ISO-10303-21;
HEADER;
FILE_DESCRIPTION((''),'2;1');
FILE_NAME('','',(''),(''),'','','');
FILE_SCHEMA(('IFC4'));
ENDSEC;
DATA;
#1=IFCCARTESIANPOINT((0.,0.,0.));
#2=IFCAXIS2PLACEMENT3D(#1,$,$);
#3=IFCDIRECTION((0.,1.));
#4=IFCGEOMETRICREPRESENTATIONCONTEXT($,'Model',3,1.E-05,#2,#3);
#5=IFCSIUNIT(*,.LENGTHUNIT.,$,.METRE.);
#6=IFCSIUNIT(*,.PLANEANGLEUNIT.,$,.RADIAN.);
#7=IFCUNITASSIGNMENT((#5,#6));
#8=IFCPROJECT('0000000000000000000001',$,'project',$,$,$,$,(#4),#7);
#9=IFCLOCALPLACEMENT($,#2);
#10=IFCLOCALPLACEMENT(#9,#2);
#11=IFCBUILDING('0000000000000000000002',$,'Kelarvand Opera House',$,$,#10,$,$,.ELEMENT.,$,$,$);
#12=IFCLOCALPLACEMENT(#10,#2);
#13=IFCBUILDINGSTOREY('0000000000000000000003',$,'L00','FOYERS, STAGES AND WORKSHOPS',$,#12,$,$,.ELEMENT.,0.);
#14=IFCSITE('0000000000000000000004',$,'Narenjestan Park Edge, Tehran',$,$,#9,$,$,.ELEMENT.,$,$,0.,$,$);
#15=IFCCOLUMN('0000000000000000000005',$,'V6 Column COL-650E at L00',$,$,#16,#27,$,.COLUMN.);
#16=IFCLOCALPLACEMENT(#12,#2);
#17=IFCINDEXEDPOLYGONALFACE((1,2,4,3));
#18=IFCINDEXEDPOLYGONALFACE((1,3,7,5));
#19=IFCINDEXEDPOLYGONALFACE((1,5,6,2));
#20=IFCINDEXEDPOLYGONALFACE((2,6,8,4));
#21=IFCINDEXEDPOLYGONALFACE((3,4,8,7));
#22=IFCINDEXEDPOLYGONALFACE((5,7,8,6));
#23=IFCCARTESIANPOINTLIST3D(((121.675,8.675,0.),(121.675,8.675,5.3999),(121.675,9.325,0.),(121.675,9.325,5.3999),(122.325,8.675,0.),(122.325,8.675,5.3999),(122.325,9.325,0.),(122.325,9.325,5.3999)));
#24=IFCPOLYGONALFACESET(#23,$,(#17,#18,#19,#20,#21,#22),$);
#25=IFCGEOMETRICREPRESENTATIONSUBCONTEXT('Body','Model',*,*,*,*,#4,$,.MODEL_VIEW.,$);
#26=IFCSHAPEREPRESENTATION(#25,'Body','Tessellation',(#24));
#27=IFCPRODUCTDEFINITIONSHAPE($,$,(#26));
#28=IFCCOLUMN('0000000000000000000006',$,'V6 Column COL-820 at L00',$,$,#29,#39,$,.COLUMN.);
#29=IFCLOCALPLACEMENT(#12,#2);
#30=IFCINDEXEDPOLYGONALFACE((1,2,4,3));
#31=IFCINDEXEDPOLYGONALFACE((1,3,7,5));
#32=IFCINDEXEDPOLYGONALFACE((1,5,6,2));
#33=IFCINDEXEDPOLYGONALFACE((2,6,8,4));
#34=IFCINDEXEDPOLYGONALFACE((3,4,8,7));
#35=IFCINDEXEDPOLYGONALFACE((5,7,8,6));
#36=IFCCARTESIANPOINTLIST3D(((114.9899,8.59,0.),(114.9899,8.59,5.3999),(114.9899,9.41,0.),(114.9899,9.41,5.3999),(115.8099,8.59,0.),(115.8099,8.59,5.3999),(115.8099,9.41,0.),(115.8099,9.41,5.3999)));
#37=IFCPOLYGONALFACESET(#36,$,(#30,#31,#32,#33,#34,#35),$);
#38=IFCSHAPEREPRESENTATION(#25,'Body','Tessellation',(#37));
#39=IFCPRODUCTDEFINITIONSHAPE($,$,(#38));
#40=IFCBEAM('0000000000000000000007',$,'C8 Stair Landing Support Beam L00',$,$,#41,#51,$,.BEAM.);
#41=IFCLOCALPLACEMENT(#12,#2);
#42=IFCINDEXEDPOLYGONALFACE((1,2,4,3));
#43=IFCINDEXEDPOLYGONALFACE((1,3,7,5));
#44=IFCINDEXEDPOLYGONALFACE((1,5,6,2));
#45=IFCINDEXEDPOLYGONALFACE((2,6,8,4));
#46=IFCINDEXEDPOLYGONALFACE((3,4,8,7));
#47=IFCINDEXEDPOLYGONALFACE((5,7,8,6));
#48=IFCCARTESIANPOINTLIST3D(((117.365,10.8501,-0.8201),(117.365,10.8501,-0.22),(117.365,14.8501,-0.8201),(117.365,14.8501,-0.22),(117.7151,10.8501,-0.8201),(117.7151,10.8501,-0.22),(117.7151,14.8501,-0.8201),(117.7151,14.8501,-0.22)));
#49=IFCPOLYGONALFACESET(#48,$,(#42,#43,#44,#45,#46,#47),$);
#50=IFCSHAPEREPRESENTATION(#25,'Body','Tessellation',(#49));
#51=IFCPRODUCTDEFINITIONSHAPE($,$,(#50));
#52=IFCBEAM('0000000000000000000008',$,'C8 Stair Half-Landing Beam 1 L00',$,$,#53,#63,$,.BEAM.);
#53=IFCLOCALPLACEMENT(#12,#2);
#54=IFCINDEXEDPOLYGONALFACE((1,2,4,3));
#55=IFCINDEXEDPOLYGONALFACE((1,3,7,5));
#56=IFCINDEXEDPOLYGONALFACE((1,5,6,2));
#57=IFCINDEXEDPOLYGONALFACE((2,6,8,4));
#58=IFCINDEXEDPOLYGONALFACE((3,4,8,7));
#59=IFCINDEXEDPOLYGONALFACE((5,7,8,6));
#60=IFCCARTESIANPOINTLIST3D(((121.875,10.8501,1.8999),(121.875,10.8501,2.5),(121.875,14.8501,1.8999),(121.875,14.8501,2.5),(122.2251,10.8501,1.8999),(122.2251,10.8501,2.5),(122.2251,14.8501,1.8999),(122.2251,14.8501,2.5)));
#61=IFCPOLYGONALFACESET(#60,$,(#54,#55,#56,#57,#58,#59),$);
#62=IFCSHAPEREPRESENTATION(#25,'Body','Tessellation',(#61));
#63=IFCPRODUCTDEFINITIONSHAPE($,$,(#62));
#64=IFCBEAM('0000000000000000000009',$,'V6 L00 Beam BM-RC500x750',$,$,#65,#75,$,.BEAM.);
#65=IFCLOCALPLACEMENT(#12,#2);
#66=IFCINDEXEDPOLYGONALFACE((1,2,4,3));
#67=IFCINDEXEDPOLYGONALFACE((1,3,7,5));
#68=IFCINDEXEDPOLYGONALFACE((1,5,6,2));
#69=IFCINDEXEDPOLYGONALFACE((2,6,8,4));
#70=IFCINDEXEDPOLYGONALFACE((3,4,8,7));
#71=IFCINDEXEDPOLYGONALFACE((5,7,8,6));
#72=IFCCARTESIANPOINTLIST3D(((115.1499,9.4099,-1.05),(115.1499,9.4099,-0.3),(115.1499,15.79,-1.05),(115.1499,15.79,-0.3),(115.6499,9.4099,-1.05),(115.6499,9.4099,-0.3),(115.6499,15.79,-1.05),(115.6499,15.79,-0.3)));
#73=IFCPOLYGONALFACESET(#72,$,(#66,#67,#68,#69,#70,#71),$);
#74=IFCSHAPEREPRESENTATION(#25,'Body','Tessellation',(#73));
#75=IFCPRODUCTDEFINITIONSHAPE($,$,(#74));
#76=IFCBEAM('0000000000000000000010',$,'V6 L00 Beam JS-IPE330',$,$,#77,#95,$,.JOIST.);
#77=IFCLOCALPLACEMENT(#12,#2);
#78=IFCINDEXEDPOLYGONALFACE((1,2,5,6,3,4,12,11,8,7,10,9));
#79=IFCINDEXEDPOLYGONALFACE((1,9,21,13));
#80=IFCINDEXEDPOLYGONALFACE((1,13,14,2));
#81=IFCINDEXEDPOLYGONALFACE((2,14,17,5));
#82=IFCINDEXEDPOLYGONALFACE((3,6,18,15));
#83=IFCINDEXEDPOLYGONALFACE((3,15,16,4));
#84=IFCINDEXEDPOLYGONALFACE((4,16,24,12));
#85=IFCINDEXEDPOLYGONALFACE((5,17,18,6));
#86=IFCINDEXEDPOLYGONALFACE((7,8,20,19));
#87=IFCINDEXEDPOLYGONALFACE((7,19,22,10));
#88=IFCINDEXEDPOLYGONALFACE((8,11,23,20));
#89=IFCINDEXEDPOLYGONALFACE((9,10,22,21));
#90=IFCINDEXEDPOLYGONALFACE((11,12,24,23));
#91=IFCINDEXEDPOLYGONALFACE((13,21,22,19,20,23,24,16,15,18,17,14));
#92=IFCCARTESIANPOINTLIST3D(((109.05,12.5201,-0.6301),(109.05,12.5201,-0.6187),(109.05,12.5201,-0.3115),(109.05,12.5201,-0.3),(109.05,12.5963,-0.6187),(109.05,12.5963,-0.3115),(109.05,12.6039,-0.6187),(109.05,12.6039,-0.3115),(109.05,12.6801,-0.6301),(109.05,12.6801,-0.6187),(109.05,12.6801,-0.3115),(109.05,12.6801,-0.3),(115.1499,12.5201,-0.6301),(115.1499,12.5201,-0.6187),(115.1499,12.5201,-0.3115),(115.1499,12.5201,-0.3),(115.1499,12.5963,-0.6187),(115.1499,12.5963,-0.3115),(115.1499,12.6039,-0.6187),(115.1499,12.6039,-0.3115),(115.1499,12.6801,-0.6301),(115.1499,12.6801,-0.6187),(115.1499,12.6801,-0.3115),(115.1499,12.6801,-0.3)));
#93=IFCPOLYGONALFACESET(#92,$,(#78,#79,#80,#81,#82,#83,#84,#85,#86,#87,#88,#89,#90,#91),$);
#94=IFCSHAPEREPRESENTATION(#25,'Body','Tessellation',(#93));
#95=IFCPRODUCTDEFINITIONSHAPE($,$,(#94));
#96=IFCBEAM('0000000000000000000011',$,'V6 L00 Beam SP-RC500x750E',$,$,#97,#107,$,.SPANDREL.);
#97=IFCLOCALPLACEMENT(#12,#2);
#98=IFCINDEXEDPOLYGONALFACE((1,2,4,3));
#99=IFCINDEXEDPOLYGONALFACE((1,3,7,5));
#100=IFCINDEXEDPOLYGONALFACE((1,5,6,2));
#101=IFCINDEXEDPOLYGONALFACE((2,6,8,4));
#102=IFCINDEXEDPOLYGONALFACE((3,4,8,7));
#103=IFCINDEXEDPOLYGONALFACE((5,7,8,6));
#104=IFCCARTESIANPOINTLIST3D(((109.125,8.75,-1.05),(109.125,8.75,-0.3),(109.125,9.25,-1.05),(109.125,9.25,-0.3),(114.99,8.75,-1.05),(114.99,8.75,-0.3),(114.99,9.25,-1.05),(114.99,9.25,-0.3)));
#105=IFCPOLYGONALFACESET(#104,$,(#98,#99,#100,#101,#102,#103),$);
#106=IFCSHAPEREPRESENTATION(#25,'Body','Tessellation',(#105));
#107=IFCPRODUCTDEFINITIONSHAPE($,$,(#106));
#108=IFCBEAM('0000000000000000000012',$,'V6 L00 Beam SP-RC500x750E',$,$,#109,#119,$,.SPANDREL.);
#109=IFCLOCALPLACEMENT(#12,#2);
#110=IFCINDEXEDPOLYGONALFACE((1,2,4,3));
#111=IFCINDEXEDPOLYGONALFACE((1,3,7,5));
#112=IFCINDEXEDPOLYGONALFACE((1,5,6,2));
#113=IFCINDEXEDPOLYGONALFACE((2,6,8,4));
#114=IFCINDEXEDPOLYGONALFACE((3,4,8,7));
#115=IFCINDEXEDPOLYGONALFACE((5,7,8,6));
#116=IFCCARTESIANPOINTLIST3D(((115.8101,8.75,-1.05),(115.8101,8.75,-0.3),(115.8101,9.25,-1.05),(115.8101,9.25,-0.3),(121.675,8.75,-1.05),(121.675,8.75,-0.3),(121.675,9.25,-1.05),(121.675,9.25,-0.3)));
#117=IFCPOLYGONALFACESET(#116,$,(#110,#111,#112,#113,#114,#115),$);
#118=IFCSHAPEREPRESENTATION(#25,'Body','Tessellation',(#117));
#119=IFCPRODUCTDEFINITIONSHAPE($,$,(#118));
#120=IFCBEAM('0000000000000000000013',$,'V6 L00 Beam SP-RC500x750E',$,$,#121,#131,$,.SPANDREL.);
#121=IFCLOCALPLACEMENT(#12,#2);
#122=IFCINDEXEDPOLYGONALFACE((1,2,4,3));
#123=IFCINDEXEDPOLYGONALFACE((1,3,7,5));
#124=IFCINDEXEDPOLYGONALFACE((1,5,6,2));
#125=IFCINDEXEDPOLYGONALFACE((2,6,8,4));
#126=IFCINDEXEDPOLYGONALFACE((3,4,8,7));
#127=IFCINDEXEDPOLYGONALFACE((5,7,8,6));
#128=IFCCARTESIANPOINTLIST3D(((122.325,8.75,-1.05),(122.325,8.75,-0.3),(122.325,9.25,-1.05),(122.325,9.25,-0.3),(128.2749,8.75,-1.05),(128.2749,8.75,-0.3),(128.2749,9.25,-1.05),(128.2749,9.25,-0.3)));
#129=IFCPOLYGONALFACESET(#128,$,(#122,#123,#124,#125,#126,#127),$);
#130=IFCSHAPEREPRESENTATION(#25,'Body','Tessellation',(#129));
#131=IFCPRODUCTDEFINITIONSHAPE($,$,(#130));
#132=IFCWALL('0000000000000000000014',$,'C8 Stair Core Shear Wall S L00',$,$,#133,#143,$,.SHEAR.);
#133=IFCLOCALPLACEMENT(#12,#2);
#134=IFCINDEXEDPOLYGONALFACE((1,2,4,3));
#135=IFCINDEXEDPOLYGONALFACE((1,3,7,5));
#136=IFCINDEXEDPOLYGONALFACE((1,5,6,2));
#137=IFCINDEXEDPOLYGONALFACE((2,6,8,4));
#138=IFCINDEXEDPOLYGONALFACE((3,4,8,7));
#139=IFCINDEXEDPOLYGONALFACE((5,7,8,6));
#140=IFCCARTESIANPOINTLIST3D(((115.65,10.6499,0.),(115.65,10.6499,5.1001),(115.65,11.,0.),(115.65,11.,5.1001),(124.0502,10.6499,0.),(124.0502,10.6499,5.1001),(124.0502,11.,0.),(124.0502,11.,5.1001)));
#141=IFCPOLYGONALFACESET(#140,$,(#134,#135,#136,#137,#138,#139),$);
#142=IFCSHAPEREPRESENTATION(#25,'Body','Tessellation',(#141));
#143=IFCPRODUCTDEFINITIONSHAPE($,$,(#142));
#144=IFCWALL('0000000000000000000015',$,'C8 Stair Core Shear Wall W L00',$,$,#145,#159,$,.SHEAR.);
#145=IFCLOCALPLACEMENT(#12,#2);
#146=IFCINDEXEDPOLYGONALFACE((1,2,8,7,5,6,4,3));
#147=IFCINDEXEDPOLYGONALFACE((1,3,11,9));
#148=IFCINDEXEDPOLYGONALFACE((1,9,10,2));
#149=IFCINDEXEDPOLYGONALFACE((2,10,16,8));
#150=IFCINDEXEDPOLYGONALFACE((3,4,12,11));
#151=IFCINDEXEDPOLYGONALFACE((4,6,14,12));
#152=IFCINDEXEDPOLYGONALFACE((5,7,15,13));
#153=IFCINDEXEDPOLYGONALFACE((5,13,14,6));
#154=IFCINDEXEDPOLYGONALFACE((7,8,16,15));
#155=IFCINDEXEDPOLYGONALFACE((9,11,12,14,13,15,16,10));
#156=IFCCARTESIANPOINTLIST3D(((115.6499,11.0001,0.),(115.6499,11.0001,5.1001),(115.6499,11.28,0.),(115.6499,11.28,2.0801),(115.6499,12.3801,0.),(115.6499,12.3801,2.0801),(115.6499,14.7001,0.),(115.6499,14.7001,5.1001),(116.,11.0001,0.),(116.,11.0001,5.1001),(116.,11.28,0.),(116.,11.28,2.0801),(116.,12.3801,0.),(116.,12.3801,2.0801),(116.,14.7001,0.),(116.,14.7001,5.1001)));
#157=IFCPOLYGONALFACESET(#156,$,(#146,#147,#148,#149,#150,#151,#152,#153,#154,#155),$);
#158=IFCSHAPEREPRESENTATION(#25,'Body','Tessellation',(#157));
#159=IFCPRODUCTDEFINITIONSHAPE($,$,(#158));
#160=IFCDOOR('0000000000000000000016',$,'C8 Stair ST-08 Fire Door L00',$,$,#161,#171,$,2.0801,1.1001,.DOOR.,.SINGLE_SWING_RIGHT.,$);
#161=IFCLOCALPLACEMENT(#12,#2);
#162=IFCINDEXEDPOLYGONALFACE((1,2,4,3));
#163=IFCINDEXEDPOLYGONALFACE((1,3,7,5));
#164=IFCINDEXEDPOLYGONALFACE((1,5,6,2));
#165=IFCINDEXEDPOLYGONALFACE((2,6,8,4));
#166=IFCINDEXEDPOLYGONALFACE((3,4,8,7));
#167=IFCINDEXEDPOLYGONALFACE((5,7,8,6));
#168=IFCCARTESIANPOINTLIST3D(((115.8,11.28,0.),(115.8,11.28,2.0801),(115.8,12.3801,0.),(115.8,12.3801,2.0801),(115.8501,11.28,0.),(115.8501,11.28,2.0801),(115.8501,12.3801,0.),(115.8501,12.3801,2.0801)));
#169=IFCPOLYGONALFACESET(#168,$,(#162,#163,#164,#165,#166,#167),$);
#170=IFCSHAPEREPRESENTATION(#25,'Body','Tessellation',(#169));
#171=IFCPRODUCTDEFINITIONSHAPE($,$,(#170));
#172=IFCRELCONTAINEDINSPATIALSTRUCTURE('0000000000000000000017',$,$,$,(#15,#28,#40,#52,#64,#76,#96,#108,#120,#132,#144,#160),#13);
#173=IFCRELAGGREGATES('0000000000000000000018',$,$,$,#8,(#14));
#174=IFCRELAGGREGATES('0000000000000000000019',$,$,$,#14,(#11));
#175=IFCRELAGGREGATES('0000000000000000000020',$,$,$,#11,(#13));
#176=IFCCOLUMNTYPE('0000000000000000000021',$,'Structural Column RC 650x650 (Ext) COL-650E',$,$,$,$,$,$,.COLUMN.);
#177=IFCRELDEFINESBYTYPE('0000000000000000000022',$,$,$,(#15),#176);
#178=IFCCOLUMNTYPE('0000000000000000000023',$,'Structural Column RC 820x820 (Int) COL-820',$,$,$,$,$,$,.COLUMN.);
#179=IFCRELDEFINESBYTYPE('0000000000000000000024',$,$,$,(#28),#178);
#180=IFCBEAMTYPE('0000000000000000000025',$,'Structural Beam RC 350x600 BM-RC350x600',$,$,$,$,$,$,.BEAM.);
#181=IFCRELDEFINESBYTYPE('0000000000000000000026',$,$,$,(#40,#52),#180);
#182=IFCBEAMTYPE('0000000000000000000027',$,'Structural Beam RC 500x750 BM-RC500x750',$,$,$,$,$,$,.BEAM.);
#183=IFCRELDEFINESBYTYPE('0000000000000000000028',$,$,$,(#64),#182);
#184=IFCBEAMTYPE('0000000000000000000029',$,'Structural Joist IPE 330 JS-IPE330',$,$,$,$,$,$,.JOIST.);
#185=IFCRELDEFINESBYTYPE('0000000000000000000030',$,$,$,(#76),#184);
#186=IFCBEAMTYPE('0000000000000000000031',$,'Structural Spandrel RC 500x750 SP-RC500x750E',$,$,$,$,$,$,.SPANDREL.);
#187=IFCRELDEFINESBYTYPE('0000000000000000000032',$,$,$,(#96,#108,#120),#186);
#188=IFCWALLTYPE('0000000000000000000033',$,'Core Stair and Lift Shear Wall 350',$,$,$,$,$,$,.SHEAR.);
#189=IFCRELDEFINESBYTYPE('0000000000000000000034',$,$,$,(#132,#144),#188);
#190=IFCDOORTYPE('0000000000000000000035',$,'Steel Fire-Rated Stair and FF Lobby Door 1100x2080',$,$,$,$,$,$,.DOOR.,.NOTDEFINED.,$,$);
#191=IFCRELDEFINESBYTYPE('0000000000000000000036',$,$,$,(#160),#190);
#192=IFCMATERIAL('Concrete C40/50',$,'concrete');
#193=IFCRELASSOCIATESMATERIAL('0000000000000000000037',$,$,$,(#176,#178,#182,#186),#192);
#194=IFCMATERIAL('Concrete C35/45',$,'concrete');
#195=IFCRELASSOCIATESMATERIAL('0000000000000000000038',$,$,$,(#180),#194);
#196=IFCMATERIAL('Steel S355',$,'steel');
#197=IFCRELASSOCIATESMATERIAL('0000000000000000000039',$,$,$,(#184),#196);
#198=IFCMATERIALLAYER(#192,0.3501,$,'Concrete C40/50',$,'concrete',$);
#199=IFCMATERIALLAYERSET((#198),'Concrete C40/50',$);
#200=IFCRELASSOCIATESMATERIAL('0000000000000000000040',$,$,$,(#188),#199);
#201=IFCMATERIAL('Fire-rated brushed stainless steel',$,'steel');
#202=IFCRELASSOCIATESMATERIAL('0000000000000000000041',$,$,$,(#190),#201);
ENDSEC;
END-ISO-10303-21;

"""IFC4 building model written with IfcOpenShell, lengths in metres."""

from ifc_helpers import new_model, si_unit, direction, frame, frame_2d, origin, origin_2d, place, context, subcontext, project, spatial, rectangle, i_section, extrude, material, layer, layer_set, material_profile, profile_set, type_object, element, fill, save


model = new_model("IFC4")

# Units and contexts
model_context = context("Model", 3, precision=1e-05, world=origin(), true_north=direction((0.0, 1.0)))
body_context = subcontext(model_context, "Body", "Model", "MODEL_VIEW")
ifc_project = project(units=[si_unit("LENGTHUNIT", "METRE"), si_unit("PLANEANGLEUNIT", "RADIAN")], contexts=[model_context])

# Site, building, storey
site_placement = place(None, origin())
site = spatial("IfcSite", under=ifc_project, at=site_placement, Name="Narenjestan Park Edge, Tehran", CompositionType="ELEMENT", RefElevation=0.0)
building_placement = place(site_placement, origin())
building = spatial("IfcBuilding", under=site, at=building_placement, Name="Kelarvand Opera House", CompositionType="ELEMENT")
storey_placement = place(building_placement, origin())
storey = spatial("IfcBuildingStorey", under=building, at=storey_placement, Name="L00", Description="FOYERS, STAGES AND WORKSHOPS", CompositionType="ELEMENT", Elevation=0.0)

# Columns
ifc_material_1 = material(Name="Concrete C40/50", Category="concrete")
ifc_material_profile_1 = material_profile(ifc_material_1, rectangle(XDim=0.6499, YDim=0.6499, at=origin_2d()), Name="RC 650x650", Category="concrete")
ifc_profile_set_1 = profile_set([ifc_material_profile_1], Name="Concrete C40/50")
column_type_1 = type_object("IfcColumnType", Name="Structural Column RC 650x650 (Ext) COL-650E", PredefinedType="COLUMN", material=ifc_profile_set_1)
column_1_placement = place(storey_placement, frame((122.0, 9.0, 0.0), z_axis=(0.0, 0.0, 1.0), x_axis=(1.0, 0.0, 0.0)))
element("IfcColumn", 1, at=column_1_placement, inside=storey, type_object=column_type_1, Name="V6 Column COL-650E at L00", PredefinedType="COLUMN", context=body_context, shape_type="SweptSolid", body=[
    extrude(rectangle(XDim=0.6499, YDim=0.6499, at=origin_2d()), origin(), (0.0, 0.0, 1.0), 5.3999),
])
ifc_material_profile_2 = material_profile(ifc_material_1, rectangle(XDim=0.8201, YDim=0.8201, at=origin_2d()), Name="RC 820x820", Category="concrete")
ifc_profile_set_2 = profile_set([ifc_material_profile_2], Name="Concrete C40/50")
column_type_2 = type_object("IfcColumnType", Name="Structural Column RC 820x820 (Int) COL-820", PredefinedType="COLUMN", material=ifc_profile_set_2)
column_2_placement = place(storey_placement, frame((115.3999, 9.0, 0.0), z_axis=(0.0, 0.0, 1.0), x_axis=(1.0, 0.0, 0.0)))
element("IfcColumn", 2, at=column_2_placement, inside=storey, type_object=column_type_2, Name="V6 Column COL-820 at L00", PredefinedType="COLUMN", context=body_context, shape_type="SweptSolid", body=[
    extrude(rectangle(XDim=0.8201, YDim=0.8201, at=origin_2d()), origin(), (0.0, 0.0, 1.0), 5.3999),
])

# Beams
ifc_material_2 = material(Name="Concrete C35/45", Category="concrete")
ifc_material_profile_3 = material_profile(ifc_material_2, rectangle(XDim=0.3501, YDim=0.6001, at=origin_2d()), Name="RC 350x600", Category="concrete")
ifc_profile_set_3 = profile_set([ifc_material_profile_3], Name="Concrete C35/45")
beam_type_1 = type_object("IfcBeamType", Name="Structural Beam RC 350x600 BM-RC350x600", PredefinedType="BEAM", material=ifc_profile_set_3)
for number, where, z_axis, x_axis, name in (
    (3, (117.54, 10.8501, -0.52), (0.0, 1.0, 0.0), (-1.0, 0.0, 0.0), "C8 Stair Landing Support Beam L00"),
    (4, (122.05, 10.8501, 2.2), (0.0, 1.0, 0.0), (-1.0, 0.0, 0.0), "C8 Stair Half-Landing Beam 1 L00"),
):
    element("IfcBeam", number, at=place(storey_placement, frame(where, z_axis=z_axis, x_axis=x_axis)), inside=storey, type_object=beam_type_1, Name=name, PredefinedType="BEAM", context=body_context, shape_type="SweptSolid", body=[
        extrude(rectangle(XDim=0.3501, YDim=0.6001, at=origin_2d()), origin(), (0.0, 0.0, 1.0), 4.0),
    ])
ifc_material_profile_4 = material_profile(ifc_material_1, rectangle(XDim=0.5, YDim=0.75, at=origin_2d()), Name="RC 500x750", Category="concrete")
ifc_profile_set_4 = profile_set([ifc_material_profile_4], Name="Concrete C40/50")
beam_type_2 = type_object("IfcBeamType", Name="Structural Beam RC 500x750 BM-RC500x750", PredefinedType="BEAM", material=ifc_profile_set_4)
beam_1_placement = place(storey_placement, frame((115.3999, 9.4099, -0.675), z_axis=(0.0, 1.0, 0.0), x_axis=(-1.0, 0.0, 0.0)))
element("IfcBeam", 5, at=beam_1_placement, inside=storey, type_object=beam_type_2, Name="V6 L00 Beam BM-RC500x750", PredefinedType="BEAM", context=body_context, shape_type="SweptSolid", body=[
    extrude(rectangle(XDim=0.5, YDim=0.75, at=origin_2d()), origin(), (0.0, 0.0, 1.0), 6.3801),
])
ifc_material_3 = material(Name="Steel S355", Category="steel")
ifc_material_profile_5 = material_profile(ifc_material_3, i_section(OverallWidth=0.1599, OverallDepth=0.3301, WebThickness=0.0076, FlangeThickness=0.0115, at=origin_2d()), Name="IPE 330", Category="steel")
ifc_profile_set_5 = profile_set([ifc_material_profile_5], Name="Steel S355")
beam_type_3 = type_object("IfcBeamType", Name="Structural Joist IPE 330 JS-IPE330", PredefinedType="JOIST", material=ifc_profile_set_5)
beam_2_placement = place(storey_placement, frame((109.05, 12.6001, -0.4651), z_axis=(1.0, 0.0, 0.0), x_axis=(0.0, 1.0, 0.0)))
element("IfcBeam", 6, at=beam_2_placement, inside=storey, type_object=beam_type_3, Name="V6 L00 Beam JS-IPE330", PredefinedType="JOIST", context=body_context, shape_type="SweptSolid", body=[
    extrude(i_section(OverallWidth=0.1599, OverallDepth=0.3301, WebThickness=0.0076, FlangeThickness=0.0115, at=origin_2d()), origin(), (0.0, 0.0, 1.0), 6.0999),
])
ifc_material_profile_6 = material_profile(ifc_material_1, rectangle(XDim=0.5, YDim=0.75, at=origin_2d()), Name="RC 500x750", Category="concrete")
ifc_profile_set_6 = profile_set([ifc_material_profile_6], Name="Concrete C40/50")
beam_type_4 = type_object("IfcBeamType", Name="Structural Spandrel RC 500x750 SP-RC500x750E", PredefinedType="SPANDREL", material=ifc_profile_set_6)
for number, where, z_axis, x_axis, name in (
    (7, (109.125, 9.0, -0.675), (1.0, 0.0, 0.0), (0.0, 1.0, 0.0), "V6 L00 Beam SP-RC500x750E"),
    (8, (115.8101, 9.0, -0.675), (1.0, 0.0, 0.0), (0.0, 1.0, 0.0), "V6 L00 Beam SP-RC500x750E"),
):
    element("IfcBeam", number, at=place(storey_placement, frame(where, z_axis=z_axis, x_axis=x_axis)), inside=storey, type_object=beam_type_4, Name=name, PredefinedType="SPANDREL", context=body_context, shape_type="SweptSolid", body=[
        extrude(rectangle(XDim=0.5, YDim=0.75, at=origin_2d()), origin(), (0.0, 0.0, 1.0), 5.865),
    ])
beam_3_placement = place(storey_placement, frame((122.325, 9.0, -0.675), z_axis=(1.0, 0.0, 0.0), x_axis=(0.0, 1.0, 0.0)))
element("IfcBeam", 9, at=beam_3_placement, inside=storey, type_object=beam_type_4, Name="V6 L00 Beam SP-RC500x750E", PredefinedType="SPANDREL", context=body_context, shape_type="SweptSolid", body=[
    extrude(rectangle(XDim=0.5, YDim=0.75, at=origin_2d()), origin(), (0.0, 0.0, 1.0), 5.95),
])

# Wall
ifc_layer_1 = layer(ifc_material_1, 0.3501, Name="Concrete C40/50", Category="concrete")
ifc_layer_set_1 = layer_set([ifc_layer_1], Name="Concrete C40/50")
wall_type_1 = type_object("IfcWallType", Name="Core Stair and Lift Shear Wall 350", PredefinedType="SHEAR", material=ifc_layer_set_1)
wall_1_placement = place(storey_placement, frame((115.6499, 10.825, 0.0), z_axis=(0.0, 0.0, 1.0), x_axis=(1.0, 0.0, 0.0)))
element("IfcWall", 10, at=wall_1_placement, inside=storey, type_object=wall_type_1, Name="C8 Stair Core Shear Wall S L00", PredefinedType="SHEAR", context=body_context, shape_type="SweptSolid", body=[
    extrude(rectangle(XDim=8.4001, YDim=0.3501, at=frame_2d((4.2002, 0.0))), origin(), (0.0, 0.0, 1.0), 5.1001),
])

# Wall, opening, door
wall_2_placement = place(storey_placement, frame((115.825, 11.0, 0.0), z_axis=(0.0, 0.0, 1.0), x_axis=(0.0, 1.0, 0.0)))
wall_2 = element("IfcWall", 11, at=wall_2_placement, inside=storey, type_object=wall_type_1, Name="C8 Stair Core Shear Wall W L00", PredefinedType="SHEAR", context=body_context, shape_type="SweptSolid", body=[
    extrude(rectangle(XDim=3.7, YDim=0.3501, at=frame_2d((1.8501, 0.0))), origin(), (0.0, 0.0, 1.0), 5.1001),
])
opening_1_placement = place(wall_2_placement, frame((0.28, 0.0, 0.0)))
opening_1 = element("IfcOpeningElement", 12, at=opening_1_placement, cuts=wall_2, PredefinedType="OPENING", context=body_context, shape_type="SweptSolid", body=[
    extrude(rectangle(XDim=1.1001, YDim=2.0801, at=frame_2d((0.55, 1.04))), frame((0.0, 0.1851, 0.0), z_axis=(0.0, -1.0, 0.0), x_axis=(1.0, 0.0, 0.0)), (0.0, 0.0, 1.0), 0.3701),
])
ifc_material_4 = material(Name="Fire-rated brushed stainless steel", Category="steel")
door_type_1 = type_object("IfcDoorType", Name="Steel Fire-Rated Stair and FF Lobby Door 1100x2080", OperationType="NOTDEFINED", PredefinedType="DOOR", material=ifc_material_4)
door_1_placement = place(opening_1_placement, origin())
door_1 = element("IfcDoor", 13, at=door_1_placement, inside=storey, type_object=door_type_1, Name="C8 Stair ST-08 Fire Door L00", OperationType="SINGLE_SWING_RIGHT", OverallHeight=2.0801, OverallWidth=1.1001, PredefinedType="DOOR", context=body_context, shape_type="SweptSolid", body=[
    extrude(rectangle(XDim=1.1001, YDim=2.0801, at=frame_2d((0.55, 1.04))), frame((0.0, 0.0249, 0.0), z_axis=(0.0, -1.0, 0.0), x_axis=(1.0, 0.0, 0.0)), (0.0, 0.0, 1.0), 0.05),
])
fill(opening_1, door_1)

save(model, "model.ifc")
